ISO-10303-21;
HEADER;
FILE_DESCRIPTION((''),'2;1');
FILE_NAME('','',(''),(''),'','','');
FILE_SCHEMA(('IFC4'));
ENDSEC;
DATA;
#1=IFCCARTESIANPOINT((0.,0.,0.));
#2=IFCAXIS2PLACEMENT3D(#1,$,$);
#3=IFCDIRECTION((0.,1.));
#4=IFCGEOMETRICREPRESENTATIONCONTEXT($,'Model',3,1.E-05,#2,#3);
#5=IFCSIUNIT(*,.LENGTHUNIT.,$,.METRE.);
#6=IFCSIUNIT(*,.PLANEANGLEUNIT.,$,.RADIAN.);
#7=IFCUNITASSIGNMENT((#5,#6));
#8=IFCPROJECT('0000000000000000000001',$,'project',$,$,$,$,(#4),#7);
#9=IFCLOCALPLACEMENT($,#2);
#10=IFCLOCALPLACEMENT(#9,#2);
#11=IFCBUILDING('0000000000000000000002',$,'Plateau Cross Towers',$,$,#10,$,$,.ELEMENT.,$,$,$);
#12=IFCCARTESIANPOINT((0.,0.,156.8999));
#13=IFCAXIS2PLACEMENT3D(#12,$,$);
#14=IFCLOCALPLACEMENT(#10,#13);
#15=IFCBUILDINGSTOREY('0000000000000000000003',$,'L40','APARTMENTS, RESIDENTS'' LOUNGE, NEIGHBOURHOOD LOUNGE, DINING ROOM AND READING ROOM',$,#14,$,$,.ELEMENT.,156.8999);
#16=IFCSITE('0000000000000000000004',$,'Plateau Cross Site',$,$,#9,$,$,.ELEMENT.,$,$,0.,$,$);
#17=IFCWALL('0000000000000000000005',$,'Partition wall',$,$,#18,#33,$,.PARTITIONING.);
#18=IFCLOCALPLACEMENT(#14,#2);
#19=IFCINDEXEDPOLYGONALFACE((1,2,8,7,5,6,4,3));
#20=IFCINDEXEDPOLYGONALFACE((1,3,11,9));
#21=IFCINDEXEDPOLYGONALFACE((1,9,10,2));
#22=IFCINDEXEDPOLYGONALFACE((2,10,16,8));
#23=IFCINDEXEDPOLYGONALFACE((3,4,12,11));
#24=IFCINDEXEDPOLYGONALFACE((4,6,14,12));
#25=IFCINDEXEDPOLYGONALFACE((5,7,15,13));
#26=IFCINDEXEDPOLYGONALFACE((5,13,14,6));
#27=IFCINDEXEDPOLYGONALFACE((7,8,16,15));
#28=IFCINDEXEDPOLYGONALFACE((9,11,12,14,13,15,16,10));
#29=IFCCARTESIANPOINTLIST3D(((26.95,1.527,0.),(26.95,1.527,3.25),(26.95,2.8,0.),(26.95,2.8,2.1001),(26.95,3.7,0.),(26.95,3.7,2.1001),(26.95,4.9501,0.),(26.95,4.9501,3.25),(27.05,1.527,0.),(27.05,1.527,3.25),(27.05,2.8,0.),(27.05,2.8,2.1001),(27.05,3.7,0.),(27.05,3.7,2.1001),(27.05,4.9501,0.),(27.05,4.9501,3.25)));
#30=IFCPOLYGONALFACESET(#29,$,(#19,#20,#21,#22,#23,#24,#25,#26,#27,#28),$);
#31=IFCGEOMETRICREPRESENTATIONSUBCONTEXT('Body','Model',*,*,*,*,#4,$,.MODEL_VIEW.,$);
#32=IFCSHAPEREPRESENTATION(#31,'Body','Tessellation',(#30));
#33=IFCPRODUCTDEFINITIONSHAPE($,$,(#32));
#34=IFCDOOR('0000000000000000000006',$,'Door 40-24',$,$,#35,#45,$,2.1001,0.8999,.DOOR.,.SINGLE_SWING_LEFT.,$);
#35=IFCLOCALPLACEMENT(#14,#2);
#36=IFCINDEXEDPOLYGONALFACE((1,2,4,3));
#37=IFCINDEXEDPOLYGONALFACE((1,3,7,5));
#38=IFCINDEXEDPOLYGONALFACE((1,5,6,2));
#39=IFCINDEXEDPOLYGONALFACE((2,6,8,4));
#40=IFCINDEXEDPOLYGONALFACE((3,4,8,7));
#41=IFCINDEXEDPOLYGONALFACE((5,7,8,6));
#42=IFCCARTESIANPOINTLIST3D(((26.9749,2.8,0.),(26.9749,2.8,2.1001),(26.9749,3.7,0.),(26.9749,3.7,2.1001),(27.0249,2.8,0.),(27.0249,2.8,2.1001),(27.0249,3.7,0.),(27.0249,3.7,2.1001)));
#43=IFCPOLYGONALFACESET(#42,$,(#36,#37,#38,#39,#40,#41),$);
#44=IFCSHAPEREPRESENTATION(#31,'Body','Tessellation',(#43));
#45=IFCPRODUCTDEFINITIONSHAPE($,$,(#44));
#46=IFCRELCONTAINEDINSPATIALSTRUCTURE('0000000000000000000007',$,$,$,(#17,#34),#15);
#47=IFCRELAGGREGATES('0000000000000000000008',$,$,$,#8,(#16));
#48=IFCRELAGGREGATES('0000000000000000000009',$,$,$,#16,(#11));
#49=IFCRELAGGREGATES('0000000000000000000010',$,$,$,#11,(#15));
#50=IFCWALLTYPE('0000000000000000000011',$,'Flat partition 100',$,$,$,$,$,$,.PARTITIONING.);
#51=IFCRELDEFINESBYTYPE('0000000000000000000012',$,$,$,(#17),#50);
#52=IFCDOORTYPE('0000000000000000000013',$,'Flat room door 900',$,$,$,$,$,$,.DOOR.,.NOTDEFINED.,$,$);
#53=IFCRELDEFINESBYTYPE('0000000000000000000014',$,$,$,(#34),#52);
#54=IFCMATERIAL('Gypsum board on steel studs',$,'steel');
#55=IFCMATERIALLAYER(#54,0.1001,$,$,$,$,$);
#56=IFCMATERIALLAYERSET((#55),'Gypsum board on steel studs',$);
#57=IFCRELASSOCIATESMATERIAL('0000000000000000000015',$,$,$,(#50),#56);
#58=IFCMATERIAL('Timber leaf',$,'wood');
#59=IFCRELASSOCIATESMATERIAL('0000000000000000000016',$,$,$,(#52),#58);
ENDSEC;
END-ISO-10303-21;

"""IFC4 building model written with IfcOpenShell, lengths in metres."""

from ifc_helpers import new_model, si_unit, direction, frame, frame_2d, origin, place, context, subcontext, project, spatial, rectangle, extrude, material, layer, layer_set, type_object, element, fill, save


model = new_model("IFC4")

# Units and contexts
model_context = context("Model", 3, precision=1e-05, world=origin(), true_north=direction((0.0, 1.0)))
body_context = subcontext(model_context, "Body", "Model", "MODEL_VIEW")
ifc_project = project(units=[si_unit("LENGTHUNIT", "METRE"), si_unit("PLANEANGLEUNIT", "RADIAN")], contexts=[model_context])

# Site, building, storey
site_placement = place(None, origin())
site = spatial("IfcSite", under=ifc_project, at=site_placement, Name="Plateau Cross Site", CompositionType="ELEMENT", RefElevation=0.0)
building_placement = place(site_placement, origin())
building = spatial("IfcBuilding", under=site, at=building_placement, Name="Plateau Cross Towers", CompositionType="ELEMENT")
storey_placement = place(building_placement, frame((0.0, 0.0, 156.8999)))
storey = spatial("IfcBuildingStorey", under=building, at=storey_placement, Name="L40", Description="APARTMENTS, RESIDENTS' LOUNGE, NEIGHBOURHOOD LOUNGE, DINING ROOM AND READING ROOM", CompositionType="ELEMENT", Elevation=156.8999)

# Shared definitions
ifc_material_1 = material(Name="Gypsum board on steel studs", Category="steel")
ifc_layer_1 = layer(ifc_material_1, 0.1001)
ifc_layer_set_1 = layer_set([ifc_layer_1], Name="Gypsum board on steel studs")
wall_type_1 = type_object("IfcWallType", Name="Flat partition 100", PredefinedType="PARTITIONING", material=ifc_layer_set_1)

# Wall, opening, door
ifc_material_2 = material(Name="Timber leaf", Category="wood")
door_type_1 = type_object("IfcDoorType", Name="Flat room door 900", OperationType="NOTDEFINED", PredefinedType="DOOR", material=ifc_material_2)
wall_1_placement = place(storey_placement, frame((27.0, 4.95, 0.0), z_axis=(0.0, 0.0, 1.0), x_axis=(0.0, -1.0, 0.0)))
wall_1 = element("IfcWall", 1, at=wall_1_placement, inside=storey, type_object=wall_type_1, Name="Partition wall", PredefinedType="PARTITIONING", context=body_context, shape_type="SweptSolid", body=[
    extrude(rectangle(XDim=3.4231, YDim=0.1001, at=frame_2d((1.7114, 0.0))), origin(), (0.0, 0.0, 1.0), 3.25),
])
opening_1_placement = place(wall_1_placement, frame((1.25, 0.0, 0.0)))
opening_1 = element("IfcOpeningElement", 2, at=opening_1_placement, cuts=wall_1, PredefinedType="OPENING", context=body_context, shape_type="SweptSolid", body=[
    extrude(rectangle(XDim=0.8999, YDim=2.1001, at=frame_2d((0.45, 1.05))), frame((0.0, 0.0601, 0.0), z_axis=(0.0, -1.0, 0.0), x_axis=(1.0, 0.0, 0.0)), (0.0, 0.0, 1.0), 0.1201),
])
door_1_placement = place(opening_1_placement, origin())
door_1 = element("IfcDoor", 3, at=door_1_placement, inside=storey, type_object=door_type_1, Name="Door 40-24", OperationType="SINGLE_SWING_LEFT", OverallHeight=2.1001, OverallWidth=0.8999, PredefinedType="DOOR", context=body_context, shape_type="SweptSolid", body=[
    extrude(rectangle(XDim=0.8999, YDim=2.1001, at=frame_2d((0.45, 1.05))), frame((0.0, 0.0249, 0.0), z_axis=(0.0, -1.0, 0.0), x_axis=(1.0, 0.0, 0.0)), (0.0, 0.0, 1.0), 0.05),
])
fill(opening_1, door_1)

save(model, "model.ifc")
